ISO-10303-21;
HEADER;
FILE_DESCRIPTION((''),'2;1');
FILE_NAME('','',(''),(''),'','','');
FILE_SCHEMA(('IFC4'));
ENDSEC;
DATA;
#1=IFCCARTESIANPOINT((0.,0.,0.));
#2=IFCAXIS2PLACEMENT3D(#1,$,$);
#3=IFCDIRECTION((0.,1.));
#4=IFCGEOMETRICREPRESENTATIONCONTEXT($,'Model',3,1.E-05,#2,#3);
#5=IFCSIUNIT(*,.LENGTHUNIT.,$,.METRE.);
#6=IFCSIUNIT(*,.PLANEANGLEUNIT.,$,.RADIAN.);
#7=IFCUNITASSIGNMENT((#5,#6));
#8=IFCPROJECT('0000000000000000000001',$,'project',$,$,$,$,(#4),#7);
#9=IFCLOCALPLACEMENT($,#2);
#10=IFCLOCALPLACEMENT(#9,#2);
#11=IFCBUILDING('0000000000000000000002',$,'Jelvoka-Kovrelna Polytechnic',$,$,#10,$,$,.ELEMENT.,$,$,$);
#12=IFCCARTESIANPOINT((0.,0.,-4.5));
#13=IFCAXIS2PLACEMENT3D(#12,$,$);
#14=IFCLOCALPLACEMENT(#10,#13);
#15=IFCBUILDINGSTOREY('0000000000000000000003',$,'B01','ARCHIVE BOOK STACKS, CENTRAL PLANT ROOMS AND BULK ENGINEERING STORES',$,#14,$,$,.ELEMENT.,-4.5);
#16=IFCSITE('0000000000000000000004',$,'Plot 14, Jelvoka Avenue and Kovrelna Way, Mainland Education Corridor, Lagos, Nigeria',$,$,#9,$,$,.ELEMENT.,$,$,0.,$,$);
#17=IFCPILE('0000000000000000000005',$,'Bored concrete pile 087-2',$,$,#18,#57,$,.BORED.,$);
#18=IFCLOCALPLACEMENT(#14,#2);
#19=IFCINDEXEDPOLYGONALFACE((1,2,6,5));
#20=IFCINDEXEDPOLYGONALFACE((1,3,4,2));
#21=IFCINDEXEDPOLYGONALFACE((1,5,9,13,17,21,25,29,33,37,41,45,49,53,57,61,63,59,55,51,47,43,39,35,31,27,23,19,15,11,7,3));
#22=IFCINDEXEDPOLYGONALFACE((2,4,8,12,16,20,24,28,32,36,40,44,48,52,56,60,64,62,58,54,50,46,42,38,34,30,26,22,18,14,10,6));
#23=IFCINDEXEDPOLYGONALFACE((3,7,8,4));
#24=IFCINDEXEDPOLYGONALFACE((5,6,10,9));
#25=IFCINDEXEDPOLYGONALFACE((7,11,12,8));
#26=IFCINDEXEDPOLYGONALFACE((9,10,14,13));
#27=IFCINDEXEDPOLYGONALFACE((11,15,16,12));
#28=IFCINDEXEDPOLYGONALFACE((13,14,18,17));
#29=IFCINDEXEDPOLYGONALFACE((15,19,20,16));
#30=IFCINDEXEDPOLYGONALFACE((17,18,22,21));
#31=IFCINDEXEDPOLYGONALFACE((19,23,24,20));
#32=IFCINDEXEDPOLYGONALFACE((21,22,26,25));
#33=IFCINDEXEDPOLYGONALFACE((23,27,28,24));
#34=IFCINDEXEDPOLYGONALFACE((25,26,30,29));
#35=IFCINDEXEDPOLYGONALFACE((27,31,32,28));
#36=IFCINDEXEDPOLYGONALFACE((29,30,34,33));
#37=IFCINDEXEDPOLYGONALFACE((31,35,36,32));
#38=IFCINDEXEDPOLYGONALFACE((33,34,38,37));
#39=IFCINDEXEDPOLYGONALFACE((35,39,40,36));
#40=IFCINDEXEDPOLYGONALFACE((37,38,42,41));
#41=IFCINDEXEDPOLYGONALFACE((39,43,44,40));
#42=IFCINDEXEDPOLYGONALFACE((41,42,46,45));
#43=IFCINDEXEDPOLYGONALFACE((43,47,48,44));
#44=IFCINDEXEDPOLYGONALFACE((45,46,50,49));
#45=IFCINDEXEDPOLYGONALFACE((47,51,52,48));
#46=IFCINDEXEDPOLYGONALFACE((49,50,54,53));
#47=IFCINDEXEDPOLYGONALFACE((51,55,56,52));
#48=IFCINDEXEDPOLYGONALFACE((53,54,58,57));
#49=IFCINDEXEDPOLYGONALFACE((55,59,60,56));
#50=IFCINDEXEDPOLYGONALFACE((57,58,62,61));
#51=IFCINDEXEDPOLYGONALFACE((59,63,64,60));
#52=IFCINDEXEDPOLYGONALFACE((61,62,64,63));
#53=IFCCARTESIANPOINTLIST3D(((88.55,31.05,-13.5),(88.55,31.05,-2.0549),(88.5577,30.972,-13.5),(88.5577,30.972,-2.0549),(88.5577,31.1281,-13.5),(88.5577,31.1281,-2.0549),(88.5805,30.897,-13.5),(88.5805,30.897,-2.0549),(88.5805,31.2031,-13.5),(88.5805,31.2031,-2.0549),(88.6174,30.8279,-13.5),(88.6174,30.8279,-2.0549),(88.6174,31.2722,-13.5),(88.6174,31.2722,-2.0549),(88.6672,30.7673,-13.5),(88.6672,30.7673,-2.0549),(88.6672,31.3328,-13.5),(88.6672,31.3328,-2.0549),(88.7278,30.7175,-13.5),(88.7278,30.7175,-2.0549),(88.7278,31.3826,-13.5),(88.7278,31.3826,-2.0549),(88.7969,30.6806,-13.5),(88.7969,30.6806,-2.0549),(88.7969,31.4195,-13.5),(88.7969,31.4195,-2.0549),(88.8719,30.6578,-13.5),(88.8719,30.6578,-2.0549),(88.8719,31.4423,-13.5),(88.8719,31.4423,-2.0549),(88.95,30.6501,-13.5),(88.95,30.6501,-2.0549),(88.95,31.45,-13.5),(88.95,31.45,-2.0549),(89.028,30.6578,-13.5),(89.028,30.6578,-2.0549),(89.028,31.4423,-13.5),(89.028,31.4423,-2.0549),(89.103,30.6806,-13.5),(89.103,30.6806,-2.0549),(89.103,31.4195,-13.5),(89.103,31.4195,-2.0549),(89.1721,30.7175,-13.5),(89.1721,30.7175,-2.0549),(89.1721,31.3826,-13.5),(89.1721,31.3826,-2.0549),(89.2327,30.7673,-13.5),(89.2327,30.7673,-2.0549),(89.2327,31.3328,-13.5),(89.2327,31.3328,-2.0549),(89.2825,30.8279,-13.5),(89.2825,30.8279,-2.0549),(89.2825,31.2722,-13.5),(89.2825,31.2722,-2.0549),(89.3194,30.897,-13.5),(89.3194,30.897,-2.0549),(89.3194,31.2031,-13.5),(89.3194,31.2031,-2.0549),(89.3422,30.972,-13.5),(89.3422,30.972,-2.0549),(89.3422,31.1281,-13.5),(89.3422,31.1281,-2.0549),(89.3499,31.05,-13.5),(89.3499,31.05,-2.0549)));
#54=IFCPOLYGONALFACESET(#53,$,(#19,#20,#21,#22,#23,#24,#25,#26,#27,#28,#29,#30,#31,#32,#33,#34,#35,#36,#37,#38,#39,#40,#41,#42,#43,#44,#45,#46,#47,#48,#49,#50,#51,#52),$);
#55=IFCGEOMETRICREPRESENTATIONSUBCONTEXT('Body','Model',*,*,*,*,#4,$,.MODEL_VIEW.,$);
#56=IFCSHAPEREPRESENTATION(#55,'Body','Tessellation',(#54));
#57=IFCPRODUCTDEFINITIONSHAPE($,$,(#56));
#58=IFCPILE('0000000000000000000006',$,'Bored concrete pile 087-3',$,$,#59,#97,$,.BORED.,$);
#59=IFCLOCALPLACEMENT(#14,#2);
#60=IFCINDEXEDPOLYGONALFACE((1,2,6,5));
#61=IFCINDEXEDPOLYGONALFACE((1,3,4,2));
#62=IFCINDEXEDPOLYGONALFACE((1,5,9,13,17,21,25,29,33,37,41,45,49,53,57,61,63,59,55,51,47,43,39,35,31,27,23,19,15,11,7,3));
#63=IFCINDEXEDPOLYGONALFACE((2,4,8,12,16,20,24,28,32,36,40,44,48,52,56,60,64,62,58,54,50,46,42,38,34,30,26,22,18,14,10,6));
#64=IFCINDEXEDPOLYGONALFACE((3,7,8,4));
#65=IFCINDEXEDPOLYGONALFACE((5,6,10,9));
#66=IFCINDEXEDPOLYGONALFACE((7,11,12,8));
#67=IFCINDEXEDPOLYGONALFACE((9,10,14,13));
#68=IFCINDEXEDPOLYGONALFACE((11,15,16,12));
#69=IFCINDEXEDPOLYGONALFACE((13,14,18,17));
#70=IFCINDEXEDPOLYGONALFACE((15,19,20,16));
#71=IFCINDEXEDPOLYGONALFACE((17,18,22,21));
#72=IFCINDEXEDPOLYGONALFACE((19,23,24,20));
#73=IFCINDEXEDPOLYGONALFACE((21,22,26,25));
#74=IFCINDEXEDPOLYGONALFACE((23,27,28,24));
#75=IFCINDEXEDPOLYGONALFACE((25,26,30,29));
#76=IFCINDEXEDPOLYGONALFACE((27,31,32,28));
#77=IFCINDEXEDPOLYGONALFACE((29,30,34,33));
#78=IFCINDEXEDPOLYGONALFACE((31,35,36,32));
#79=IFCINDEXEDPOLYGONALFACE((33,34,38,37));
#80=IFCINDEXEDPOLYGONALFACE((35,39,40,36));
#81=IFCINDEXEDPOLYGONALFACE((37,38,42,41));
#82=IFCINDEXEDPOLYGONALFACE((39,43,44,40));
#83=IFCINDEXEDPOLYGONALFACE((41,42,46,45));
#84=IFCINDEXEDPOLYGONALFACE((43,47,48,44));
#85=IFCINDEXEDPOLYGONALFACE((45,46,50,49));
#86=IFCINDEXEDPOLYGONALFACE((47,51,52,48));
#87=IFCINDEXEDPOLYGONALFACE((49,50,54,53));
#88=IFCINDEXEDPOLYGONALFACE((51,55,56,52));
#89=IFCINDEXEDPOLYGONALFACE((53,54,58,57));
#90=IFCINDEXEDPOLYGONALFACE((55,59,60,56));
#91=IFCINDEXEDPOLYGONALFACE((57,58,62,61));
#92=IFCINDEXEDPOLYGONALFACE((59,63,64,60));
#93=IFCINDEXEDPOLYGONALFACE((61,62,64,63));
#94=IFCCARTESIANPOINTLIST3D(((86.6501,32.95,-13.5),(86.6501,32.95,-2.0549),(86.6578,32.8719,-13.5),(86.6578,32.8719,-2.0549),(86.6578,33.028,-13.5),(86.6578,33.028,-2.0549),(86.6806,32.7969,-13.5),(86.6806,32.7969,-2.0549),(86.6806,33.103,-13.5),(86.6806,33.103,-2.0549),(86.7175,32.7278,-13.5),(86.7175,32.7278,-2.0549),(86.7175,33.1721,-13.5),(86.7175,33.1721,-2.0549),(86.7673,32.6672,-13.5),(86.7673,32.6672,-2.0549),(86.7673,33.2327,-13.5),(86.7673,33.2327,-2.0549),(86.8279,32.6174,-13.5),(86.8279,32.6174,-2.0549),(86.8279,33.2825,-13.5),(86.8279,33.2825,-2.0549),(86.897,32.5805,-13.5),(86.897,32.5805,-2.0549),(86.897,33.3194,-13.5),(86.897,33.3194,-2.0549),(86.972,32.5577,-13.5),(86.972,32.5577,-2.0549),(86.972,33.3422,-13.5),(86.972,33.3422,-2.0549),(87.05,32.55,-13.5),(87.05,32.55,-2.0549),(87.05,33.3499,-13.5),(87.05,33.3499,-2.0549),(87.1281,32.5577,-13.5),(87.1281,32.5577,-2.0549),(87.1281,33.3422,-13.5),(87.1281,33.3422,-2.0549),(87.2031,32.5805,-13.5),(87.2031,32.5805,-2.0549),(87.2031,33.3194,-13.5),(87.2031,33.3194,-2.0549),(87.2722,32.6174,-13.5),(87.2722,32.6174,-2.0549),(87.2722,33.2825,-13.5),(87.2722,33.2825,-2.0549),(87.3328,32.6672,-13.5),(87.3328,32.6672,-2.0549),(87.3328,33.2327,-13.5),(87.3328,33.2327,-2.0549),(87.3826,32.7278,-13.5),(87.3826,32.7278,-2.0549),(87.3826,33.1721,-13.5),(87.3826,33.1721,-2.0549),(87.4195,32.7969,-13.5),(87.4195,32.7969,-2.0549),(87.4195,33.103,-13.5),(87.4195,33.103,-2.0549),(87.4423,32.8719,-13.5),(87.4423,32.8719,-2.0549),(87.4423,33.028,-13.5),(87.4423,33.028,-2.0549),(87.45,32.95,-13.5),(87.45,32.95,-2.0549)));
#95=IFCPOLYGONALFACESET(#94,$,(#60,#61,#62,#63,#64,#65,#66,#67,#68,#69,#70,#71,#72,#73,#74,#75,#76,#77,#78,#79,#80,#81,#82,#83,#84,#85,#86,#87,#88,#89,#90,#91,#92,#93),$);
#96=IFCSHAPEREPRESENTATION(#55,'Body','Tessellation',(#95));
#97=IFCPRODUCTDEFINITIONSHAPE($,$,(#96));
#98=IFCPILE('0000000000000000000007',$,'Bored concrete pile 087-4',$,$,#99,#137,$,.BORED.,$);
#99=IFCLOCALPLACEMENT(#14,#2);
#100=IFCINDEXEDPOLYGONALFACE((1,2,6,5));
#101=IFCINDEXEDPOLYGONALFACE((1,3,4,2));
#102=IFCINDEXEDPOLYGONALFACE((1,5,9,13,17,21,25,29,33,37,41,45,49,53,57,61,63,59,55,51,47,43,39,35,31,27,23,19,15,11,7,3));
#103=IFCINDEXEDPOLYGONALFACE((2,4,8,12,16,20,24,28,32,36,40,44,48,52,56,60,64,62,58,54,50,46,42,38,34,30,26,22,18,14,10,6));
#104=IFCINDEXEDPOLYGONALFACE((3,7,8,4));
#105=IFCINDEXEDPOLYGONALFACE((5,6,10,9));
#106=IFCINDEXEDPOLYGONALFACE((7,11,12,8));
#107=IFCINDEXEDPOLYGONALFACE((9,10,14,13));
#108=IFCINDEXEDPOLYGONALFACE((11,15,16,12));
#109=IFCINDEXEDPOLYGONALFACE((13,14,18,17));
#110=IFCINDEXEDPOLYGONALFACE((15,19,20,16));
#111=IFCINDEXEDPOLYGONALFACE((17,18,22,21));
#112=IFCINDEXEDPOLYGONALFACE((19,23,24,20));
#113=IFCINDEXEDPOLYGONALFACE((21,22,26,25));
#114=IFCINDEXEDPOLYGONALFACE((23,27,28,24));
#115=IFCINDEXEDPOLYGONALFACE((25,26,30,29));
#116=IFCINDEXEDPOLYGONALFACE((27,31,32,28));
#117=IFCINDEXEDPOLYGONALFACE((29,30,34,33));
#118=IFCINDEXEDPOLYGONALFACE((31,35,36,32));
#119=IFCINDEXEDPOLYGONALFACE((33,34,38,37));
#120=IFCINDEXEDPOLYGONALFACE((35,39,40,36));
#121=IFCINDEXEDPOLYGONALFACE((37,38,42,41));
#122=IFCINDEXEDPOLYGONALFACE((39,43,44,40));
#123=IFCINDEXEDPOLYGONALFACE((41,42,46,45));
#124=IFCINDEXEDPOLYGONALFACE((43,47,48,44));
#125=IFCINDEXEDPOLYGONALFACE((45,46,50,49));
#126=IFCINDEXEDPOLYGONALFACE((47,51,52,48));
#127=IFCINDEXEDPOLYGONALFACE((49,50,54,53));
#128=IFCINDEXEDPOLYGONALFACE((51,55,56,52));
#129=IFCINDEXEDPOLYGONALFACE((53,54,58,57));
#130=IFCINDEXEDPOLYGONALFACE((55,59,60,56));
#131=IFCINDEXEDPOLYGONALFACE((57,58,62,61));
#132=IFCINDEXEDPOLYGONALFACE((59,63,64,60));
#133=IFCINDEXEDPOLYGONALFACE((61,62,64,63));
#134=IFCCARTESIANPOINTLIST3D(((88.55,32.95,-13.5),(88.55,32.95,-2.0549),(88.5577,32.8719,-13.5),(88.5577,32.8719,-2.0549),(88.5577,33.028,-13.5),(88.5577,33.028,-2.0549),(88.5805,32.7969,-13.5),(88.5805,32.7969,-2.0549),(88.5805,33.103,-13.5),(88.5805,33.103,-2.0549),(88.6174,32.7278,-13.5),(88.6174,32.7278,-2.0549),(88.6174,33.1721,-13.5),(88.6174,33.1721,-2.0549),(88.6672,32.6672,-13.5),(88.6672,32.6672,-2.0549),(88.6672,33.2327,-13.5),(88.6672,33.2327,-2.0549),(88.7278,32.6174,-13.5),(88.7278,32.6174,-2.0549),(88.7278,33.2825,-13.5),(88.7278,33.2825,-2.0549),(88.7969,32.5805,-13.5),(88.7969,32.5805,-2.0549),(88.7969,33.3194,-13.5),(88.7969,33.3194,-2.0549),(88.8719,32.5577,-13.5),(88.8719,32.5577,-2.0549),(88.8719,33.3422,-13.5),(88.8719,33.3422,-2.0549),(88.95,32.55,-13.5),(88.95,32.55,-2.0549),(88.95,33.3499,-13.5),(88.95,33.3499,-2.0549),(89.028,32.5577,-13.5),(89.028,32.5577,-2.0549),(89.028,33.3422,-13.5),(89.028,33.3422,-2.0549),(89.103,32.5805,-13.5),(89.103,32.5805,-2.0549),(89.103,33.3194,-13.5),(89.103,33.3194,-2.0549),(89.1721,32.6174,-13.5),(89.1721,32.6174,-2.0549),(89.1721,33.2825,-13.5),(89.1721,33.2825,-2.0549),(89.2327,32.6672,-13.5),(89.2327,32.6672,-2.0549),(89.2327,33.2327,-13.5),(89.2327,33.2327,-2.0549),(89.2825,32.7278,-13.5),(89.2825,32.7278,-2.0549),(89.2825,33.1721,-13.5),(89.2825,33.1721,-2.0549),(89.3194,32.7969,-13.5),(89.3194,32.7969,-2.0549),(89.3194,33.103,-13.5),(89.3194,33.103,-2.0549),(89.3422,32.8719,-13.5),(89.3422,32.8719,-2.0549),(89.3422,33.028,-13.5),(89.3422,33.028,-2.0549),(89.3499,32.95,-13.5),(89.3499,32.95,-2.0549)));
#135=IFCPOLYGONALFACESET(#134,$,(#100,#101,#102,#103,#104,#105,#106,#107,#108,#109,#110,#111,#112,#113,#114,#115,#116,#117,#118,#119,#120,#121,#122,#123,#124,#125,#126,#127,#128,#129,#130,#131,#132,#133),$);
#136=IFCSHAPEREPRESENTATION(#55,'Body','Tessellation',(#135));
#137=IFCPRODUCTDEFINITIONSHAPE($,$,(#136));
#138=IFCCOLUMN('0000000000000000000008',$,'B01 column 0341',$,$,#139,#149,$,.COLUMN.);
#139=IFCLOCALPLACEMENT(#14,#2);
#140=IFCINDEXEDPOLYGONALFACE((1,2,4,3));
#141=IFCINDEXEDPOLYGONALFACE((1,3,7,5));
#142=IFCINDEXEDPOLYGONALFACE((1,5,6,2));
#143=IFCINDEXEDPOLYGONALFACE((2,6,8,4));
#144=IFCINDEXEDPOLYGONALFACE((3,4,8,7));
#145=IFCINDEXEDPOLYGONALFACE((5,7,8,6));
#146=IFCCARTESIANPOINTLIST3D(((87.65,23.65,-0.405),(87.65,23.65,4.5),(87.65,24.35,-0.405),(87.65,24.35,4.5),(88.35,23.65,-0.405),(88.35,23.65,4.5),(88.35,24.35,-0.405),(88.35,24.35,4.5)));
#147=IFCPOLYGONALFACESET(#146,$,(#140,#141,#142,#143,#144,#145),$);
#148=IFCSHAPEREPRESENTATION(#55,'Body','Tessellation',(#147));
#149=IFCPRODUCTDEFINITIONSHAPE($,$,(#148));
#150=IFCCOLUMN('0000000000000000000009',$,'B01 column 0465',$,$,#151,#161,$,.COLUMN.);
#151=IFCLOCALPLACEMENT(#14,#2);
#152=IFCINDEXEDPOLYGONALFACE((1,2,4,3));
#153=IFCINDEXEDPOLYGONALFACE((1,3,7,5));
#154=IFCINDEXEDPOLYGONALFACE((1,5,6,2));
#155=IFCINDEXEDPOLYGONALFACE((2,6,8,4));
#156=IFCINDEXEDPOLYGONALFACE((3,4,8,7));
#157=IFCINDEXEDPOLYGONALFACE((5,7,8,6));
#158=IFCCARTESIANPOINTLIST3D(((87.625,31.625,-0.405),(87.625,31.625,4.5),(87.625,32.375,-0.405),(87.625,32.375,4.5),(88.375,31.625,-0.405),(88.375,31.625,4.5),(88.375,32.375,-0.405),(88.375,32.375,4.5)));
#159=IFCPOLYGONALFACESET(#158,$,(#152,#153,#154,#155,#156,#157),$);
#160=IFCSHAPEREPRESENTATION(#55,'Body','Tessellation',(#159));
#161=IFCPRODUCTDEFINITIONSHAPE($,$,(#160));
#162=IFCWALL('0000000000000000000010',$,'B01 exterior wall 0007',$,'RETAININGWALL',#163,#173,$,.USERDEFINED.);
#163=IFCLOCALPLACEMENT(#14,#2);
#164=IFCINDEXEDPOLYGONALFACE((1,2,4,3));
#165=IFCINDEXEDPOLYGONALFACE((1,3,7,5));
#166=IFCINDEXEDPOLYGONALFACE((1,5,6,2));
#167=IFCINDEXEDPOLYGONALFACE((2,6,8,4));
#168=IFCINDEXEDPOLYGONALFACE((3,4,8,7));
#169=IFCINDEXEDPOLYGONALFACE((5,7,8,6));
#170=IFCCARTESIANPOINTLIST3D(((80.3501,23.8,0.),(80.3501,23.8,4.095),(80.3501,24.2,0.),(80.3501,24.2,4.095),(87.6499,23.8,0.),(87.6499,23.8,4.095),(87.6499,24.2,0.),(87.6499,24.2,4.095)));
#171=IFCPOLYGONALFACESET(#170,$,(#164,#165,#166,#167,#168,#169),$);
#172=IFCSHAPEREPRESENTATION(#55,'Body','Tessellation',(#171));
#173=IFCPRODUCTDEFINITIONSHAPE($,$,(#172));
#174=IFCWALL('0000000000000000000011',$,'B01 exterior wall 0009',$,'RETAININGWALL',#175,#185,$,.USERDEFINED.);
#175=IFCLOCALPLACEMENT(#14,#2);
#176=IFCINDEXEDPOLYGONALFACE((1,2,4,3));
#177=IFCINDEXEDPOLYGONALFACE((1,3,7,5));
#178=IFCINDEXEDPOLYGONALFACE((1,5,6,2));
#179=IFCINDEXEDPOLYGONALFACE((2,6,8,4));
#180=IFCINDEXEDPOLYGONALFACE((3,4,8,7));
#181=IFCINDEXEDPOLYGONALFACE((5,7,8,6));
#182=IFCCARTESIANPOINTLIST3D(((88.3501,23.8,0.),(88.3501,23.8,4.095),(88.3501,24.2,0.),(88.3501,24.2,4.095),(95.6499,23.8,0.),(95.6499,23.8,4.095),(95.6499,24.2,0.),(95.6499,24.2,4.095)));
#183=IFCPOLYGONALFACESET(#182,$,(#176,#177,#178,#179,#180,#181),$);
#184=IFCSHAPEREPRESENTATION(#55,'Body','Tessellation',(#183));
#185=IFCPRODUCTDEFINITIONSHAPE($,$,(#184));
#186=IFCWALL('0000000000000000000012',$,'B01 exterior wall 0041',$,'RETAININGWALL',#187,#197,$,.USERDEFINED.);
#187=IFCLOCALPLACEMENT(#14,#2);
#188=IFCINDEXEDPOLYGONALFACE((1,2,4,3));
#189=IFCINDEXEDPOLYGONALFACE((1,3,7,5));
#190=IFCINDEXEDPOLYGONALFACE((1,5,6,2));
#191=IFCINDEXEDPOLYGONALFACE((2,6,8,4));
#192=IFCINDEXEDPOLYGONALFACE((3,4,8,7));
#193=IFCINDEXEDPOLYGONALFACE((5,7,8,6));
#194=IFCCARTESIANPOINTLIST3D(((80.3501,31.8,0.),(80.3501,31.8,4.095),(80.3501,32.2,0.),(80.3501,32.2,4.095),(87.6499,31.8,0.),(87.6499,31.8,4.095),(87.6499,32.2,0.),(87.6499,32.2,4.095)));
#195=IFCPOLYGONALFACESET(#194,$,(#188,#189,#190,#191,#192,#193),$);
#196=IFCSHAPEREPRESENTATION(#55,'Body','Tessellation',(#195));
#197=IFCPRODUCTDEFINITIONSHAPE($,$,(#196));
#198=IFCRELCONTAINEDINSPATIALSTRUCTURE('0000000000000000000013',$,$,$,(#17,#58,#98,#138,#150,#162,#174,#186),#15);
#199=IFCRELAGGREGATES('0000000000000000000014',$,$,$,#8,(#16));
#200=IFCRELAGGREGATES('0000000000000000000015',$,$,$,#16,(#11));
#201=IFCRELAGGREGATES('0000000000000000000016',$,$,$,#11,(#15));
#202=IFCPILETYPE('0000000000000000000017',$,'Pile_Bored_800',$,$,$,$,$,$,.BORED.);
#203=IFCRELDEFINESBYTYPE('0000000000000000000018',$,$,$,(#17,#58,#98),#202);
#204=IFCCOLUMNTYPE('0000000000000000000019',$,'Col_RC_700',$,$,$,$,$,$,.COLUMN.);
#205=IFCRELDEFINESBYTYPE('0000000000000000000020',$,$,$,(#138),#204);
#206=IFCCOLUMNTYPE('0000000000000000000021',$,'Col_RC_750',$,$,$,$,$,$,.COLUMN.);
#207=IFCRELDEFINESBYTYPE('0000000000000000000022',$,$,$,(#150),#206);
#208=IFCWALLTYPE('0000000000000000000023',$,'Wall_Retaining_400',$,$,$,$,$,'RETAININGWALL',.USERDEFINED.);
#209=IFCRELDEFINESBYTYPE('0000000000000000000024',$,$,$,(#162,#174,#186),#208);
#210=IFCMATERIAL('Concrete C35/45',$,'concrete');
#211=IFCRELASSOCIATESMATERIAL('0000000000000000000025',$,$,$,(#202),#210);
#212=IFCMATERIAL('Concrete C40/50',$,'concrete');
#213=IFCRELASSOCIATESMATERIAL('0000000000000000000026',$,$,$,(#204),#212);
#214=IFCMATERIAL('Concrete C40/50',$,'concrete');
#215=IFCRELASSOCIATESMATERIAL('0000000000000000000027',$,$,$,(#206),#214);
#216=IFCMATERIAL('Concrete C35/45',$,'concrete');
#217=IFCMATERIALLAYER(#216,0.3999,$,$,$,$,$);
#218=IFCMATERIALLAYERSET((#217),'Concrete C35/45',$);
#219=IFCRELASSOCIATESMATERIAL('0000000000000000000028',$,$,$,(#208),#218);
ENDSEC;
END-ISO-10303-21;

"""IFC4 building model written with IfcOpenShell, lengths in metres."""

from ifc_helpers import new_model, si_unit, direction, frame, frame_2d, origin, origin_2d, place, context, subcontext, project, spatial, rectangle, circle, extrude, material, layer, layer_set, material_profile, profile_set, type_object, element, save


model = new_model("IFC4")

# Units and contexts
model_context = context("Model", 3, precision=1e-05, world=origin(), true_north=direction((0.0, 1.0)))
body_context = subcontext(model_context, "Body", "Model", "MODEL_VIEW")
ifc_project = project(units=[si_unit("LENGTHUNIT", "METRE"), si_unit("PLANEANGLEUNIT", "RADIAN")], contexts=[model_context])

# Site, building, storey
site_placement = place(None, origin())
site = spatial("IfcSite", under=ifc_project, at=site_placement, Name="Plot 14, Jelvoka Avenue and Kovrelna Way, Mainland Education Corridor, Lagos, Nigeria", CompositionType="ELEMENT", RefElevation=0.0)
building_placement = place(site_placement, origin())
building = spatial("IfcBuilding", under=site, at=building_placement, Name="Jelvoka-Kovrelna Polytechnic", CompositionType="ELEMENT")
storey_placement = place(building_placement, frame((0.0, 0.0, -4.5)))
storey = spatial("IfcBuildingStorey", under=building, at=storey_placement, Name="B01", Description="ARCHIVE BOOK STACKS, CENTRAL PLANT ROOMS AND BULK ENGINEERING STORES", CompositionType="ELEMENT", Elevation=-4.5)

# Piles
ifc_material_1 = material(Name="Concrete C35/45", Category="concrete")
ifc_material_profile_1 = material_profile(ifc_material_1, circle(Radius=0.3999, at=origin_2d()), Name="PILE D800")
ifc_profile_set_1 = profile_set([ifc_material_profile_1], Name="Concrete C35/45")
pile_type = type_object("IfcPileType", Name="Pile_Bored_800", PredefinedType="BORED", material=ifc_profile_set_1)
for number, where, z_axis, x_axis, name in (
    (1, (88.95, 31.05, -2.0549), (0.0, 0.0, -1.0), (1.0, 0.0, 0.0), "Bored concrete pile 087-2"),
    (2, (87.05, 32.95, -2.0549), (0.0, 0.0, -1.0), (1.0, 0.0, 0.0), "Bored concrete pile 087-3"),
    (3, (88.95, 32.95, -2.0549), (0.0, 0.0, -1.0), (1.0, 0.0, 0.0), "Bored concrete pile 087-4"),
):
    element("IfcPile", number, at=place(storey_placement, frame(where, z_axis=z_axis, x_axis=x_axis)), inside=storey, type_object=pile_type, Name=name, PredefinedType="BORED", context=body_context, shape_type="SweptSolid", body=[
        extrude(circle(Radius=0.3999, at=origin_2d()), origin(), (0.0, 0.0, 1.0), 11.4451),
    ])

# Columns
ifc_material_2 = material(Name="Concrete C40/50", Category="concrete")
ifc_material_profile_2 = material_profile(ifc_material_2, rectangle(XDim=0.7, YDim=0.7, at=origin_2d()), Name="RC 700x700")
ifc_profile_set_2 = profile_set([ifc_material_profile_2], Name="Concrete C40/50")
column_type_1 = type_object("IfcColumnType", Name="Col_RC_700", PredefinedType="COLUMN", material=ifc_profile_set_2)
column_1_placement = place(storey_placement, frame((88.0, 24.0, -0.405), z_axis=(0.0, 0.0, 1.0), x_axis=(1.0, 0.0, 0.0)))
element("IfcColumn", 4, at=column_1_placement, inside=storey, type_object=column_type_1, Name="B01 column 0341", PredefinedType="COLUMN", context=body_context, shape_type="SweptSolid", body=[
    extrude(rectangle(XDim=0.7, YDim=0.7, at=origin_2d()), origin(), (0.0, 0.0, 1.0), 4.905),
])
ifc_material_3 = material(Name="Concrete C40/50", Category="concrete")
ifc_material_profile_3 = material_profile(ifc_material_3, rectangle(XDim=0.75, YDim=0.75, at=origin_2d()), Name="RC 750x750")
ifc_profile_set_3 = profile_set([ifc_material_profile_3], Name="Concrete C40/50")
column_type_2 = type_object("IfcColumnType", Name="Col_RC_750", PredefinedType="COLUMN", material=ifc_profile_set_3)
column_2_placement = place(storey_placement, frame((88.0, 32.0, -0.405), z_axis=(0.0, 0.0, 1.0), x_axis=(1.0, 0.0, 0.0)))
element("IfcColumn", 5, at=column_2_placement, inside=storey, type_object=column_type_2, Name="B01 column 0465", PredefinedType="COLUMN", context=body_context, shape_type="SweptSolid", body=[
    extrude(rectangle(XDim=0.75, YDim=0.75, at=origin_2d()), origin(), (0.0, 0.0, 1.0), 4.905),
])

# Walls
ifc_material_4 = material(Name="Concrete C35/45", Category="concrete")
ifc_layer = layer(ifc_material_4, 0.3999)
ifc_layer_set = layer_set([ifc_layer], Name="Concrete C35/45")
wall_type = type_object("IfcWallType", Name="Wall_Retaining_400", ElementType="RETAININGWALL", PredefinedType="USERDEFINED", material=ifc_layer_set)
for number, where, z_axis, x_axis, name in (
    (6, (80.3501, 24.0, 0.0), (0.0, 0.0, 1.0), (1.0, 0.0, 0.0), "B01 exterior wall 0007"),
    (7, (88.3501, 24.0, 0.0), (0.0, 0.0, 1.0), (1.0, 0.0, 0.0), "B01 exterior wall 0009"),
    (8, (87.6499, 32.0, 0.0), (0.0, 0.0, 1.0), (-1.0, 0.0, 0.0), "B01 exterior wall 0041"),
):
    element("IfcWall", number, at=place(storey_placement, frame(where, z_axis=z_axis, x_axis=x_axis)), inside=storey, type_object=wall_type, Name=name, ObjectType="RETAININGWALL", PredefinedType="USERDEFINED", context=body_context, shape_type="SweptSolid", body=[
        extrude(rectangle(XDim=7.2998, YDim=0.3999, at=frame_2d((3.6499, 0.0))), origin(), (0.0, 0.0, 1.0), 4.095),
    ])

save(model, "model.ifc")
